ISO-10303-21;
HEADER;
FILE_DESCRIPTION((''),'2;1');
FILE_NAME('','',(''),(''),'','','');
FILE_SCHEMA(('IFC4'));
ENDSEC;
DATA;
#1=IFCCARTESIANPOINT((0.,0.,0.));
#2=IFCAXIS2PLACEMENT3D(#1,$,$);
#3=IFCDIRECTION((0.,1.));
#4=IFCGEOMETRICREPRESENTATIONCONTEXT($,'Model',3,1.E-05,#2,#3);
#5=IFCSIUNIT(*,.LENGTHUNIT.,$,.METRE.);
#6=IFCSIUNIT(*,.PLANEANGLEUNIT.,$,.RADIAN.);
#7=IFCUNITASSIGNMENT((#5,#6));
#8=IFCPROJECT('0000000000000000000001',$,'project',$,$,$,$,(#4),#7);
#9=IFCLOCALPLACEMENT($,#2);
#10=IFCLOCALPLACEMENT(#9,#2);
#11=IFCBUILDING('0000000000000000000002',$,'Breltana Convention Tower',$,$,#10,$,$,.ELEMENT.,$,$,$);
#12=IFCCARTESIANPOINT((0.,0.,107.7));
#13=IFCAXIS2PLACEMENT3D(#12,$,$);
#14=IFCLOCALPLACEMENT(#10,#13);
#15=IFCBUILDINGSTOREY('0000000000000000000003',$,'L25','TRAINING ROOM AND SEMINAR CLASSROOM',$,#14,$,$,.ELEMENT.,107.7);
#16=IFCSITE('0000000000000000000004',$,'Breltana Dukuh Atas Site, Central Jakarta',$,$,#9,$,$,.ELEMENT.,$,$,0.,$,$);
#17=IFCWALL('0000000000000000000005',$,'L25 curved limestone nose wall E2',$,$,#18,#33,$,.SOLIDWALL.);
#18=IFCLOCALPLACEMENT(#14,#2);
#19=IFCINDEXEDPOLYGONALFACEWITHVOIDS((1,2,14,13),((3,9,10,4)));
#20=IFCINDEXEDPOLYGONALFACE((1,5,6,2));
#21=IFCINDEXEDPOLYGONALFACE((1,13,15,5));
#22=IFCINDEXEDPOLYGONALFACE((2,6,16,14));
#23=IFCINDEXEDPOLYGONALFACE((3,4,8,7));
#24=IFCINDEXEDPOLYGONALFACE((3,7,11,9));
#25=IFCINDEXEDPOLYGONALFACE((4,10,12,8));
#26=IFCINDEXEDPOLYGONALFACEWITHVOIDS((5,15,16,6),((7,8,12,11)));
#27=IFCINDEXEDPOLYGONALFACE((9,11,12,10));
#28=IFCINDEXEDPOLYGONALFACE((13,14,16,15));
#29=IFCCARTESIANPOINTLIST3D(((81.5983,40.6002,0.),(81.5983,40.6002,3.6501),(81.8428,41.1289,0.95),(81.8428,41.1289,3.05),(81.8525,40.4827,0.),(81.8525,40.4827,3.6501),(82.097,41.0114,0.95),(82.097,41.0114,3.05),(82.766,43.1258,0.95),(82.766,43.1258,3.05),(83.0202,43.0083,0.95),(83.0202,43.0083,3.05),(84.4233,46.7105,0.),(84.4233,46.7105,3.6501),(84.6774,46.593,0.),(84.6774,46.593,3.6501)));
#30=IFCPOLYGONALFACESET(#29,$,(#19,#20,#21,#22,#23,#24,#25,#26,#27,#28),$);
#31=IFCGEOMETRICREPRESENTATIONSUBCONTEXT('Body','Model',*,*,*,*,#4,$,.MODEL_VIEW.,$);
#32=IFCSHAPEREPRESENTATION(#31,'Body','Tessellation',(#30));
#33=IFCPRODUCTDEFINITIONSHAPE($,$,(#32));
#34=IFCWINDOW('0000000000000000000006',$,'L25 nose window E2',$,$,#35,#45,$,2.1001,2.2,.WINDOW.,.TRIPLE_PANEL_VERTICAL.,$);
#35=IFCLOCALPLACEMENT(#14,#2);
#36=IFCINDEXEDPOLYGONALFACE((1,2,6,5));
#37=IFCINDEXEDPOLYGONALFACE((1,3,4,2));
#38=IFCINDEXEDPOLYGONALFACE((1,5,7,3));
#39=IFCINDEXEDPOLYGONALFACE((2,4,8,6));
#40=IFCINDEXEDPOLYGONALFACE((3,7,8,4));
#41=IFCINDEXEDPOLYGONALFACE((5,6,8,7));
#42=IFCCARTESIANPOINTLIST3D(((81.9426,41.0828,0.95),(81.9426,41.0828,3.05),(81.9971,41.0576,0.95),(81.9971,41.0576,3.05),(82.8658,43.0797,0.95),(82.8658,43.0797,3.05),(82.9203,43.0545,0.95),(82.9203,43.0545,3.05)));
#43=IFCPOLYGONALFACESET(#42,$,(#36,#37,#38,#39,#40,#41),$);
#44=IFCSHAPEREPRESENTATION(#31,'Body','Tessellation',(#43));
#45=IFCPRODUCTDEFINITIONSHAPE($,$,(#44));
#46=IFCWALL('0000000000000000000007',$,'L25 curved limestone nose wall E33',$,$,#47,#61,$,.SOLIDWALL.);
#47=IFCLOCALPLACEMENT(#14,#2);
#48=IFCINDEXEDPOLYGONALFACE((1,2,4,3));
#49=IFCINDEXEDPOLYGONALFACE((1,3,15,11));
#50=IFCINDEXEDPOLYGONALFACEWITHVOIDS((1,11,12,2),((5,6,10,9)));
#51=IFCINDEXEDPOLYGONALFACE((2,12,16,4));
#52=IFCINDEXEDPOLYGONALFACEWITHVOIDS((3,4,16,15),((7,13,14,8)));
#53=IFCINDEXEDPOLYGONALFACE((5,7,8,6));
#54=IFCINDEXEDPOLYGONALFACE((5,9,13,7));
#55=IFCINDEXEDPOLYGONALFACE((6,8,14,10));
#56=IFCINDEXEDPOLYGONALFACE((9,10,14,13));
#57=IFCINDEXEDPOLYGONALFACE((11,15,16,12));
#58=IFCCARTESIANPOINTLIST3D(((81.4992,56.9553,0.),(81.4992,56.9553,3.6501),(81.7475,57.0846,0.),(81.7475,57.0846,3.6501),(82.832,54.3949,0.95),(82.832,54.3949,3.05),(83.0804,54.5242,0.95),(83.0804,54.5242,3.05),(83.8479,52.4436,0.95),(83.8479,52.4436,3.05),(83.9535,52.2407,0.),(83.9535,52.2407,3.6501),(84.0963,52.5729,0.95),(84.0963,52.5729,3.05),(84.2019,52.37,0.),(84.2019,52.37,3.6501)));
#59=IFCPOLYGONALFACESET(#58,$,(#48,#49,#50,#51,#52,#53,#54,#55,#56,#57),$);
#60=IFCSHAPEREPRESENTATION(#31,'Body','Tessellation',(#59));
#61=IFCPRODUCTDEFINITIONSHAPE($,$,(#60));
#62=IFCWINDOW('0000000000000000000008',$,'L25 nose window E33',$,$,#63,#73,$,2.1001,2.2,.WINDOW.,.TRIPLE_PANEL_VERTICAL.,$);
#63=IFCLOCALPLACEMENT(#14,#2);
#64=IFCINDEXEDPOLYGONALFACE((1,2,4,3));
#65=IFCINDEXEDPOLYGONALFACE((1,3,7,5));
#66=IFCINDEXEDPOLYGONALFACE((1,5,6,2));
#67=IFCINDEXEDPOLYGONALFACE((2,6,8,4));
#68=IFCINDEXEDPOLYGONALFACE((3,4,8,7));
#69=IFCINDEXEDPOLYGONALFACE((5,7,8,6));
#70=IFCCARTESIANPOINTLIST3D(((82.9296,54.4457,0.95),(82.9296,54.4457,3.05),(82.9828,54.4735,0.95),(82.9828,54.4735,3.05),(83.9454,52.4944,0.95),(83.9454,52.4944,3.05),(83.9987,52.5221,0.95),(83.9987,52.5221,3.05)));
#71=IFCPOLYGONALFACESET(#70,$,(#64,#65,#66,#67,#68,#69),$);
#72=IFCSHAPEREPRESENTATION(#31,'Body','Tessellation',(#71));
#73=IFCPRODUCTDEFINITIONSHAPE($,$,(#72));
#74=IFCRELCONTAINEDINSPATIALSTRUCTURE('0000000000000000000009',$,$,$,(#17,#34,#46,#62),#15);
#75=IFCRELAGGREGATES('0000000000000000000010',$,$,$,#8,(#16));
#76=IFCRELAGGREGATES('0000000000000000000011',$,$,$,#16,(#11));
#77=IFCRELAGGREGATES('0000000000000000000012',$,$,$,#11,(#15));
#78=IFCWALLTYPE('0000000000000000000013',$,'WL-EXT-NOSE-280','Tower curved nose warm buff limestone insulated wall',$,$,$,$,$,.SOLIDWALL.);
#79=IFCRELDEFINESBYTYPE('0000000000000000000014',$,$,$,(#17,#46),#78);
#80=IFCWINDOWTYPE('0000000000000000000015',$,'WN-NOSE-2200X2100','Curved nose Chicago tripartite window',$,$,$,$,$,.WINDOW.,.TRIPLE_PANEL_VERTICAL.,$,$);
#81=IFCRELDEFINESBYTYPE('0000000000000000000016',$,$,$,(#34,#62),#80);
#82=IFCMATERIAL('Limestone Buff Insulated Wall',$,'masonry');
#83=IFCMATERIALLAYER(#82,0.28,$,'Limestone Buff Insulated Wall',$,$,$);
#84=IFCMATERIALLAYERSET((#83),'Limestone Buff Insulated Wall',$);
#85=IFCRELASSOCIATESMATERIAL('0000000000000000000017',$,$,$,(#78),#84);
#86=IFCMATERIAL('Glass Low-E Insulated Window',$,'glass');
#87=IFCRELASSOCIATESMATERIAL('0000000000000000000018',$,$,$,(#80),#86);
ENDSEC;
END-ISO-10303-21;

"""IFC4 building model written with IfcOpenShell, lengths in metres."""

from ifc_helpers import new_model, si_unit, direction, frame, frame_2d, origin, place, context, subcontext, project, spatial, rectangle, extrude, source, transform, mapped, material, layer, layer_set, type_object, type_shapes, element, fill, save


model = new_model("IFC4")

# Units and contexts
model_context = context("Model", 3, precision=1e-05, world=origin(), true_north=direction((0.0, 1.0)))
body_context = subcontext(model_context, "Body", "Model", "MODEL_VIEW")
ifc_project = project(units=[si_unit("LENGTHUNIT", "METRE"), si_unit("PLANEANGLEUNIT", "RADIAN")], contexts=[model_context])

# Site, building, storey
site_placement = place(None, origin())
site = spatial("IfcSite", under=ifc_project, at=site_placement, Name="Breltana Dukuh Atas Site, Central Jakarta", CompositionType="ELEMENT", RefElevation=0.0)
building_placement = place(site_placement, origin())
building = spatial("IfcBuilding", under=site, at=building_placement, Name="Breltana Convention Tower", CompositionType="ELEMENT")
storey_placement = place(building_placement, frame((0.0, 0.0, 107.7)))
storey = spatial("IfcBuildingStorey", under=building, at=storey_placement, Name="L25", Description="TRAINING ROOM AND SEMINAR CLASSROOM", CompositionType="ELEMENT", Elevation=107.7)

# Walls, openings, windows
ifc_material_1 = material(Name="Limestone Buff Insulated Wall", Category="masonry")
ifc_layer_1 = layer(ifc_material_1, 0.28, Name="Limestone Buff Insulated Wall")
ifc_layer_set_1 = layer_set([ifc_layer_1], Name="Limestone Buff Insulated Wall")
wall_type = type_object("IfcWallType", Name="WL-EXT-NOSE-280", Description="Tower curved nose warm buff limestone insulated wall", PredefinedType="SOLIDWALL", material=ifc_layer_set_1)
ifc_material_2 = material(Name="Glass Low-E Insulated Window", Category="glass")
window_type = type_object("IfcWindowType", Name="WN-NOSE-2200X2100", Description="Curved nose Chicago tripartite window", PartitioningType="TRIPLE_PANEL_VERTICAL", PredefinedType="WINDOW", material=ifc_material_2)
shared_shape_1 = source(origin(), body_context, "Body", "SweptSolid", [
    extrude(rectangle(XDim=2.2, YDim=2.1001, at=frame_2d((1.1001, 1.05))), frame((0.0, 0.03, 0.0), z_axis=(0.0, -1.0, 0.0), x_axis=(1.0, 0.0, 0.0)), (0.0, 0.0, 1.0), 0.0601),
])
type_shapes(window_type, [shared_shape_1])
shared_shape_2 = source(origin(), body_context, "Body", "SweptSolid", [
    extrude(rectangle(XDim=6.7317, YDim=0.28, at=frame_2d((3.3657, 0.0))), origin(), (0.0, 0.0, 1.0), 3.6501),
])
wall_1_placement = place(storey_placement, frame((84.5503, 46.6516, 0.0), z_axis=(0.0, 0.0, 1.0), x_axis=(-0.419645, -0.907689, 0.0)))
wall_1 = element("IfcWall", 1, at=wall_1_placement, inside=storey, type_object=wall_type, Name="L25 curved limestone nose wall E2", PredefinedType="SOLIDWALL", context=body_context, shape_type="MappedRepresentation", body=[
    mapped(shared_shape_2, transform((0.0, 0.0, 0.0), scale=1.0)),
])
opening_1_placement = place(wall_1_placement, frame((3.949, 0.0, 0.95)))
opening_1 = element("IfcOpeningElement", 2, at=opening_1_placement, cuts=wall_1, PredefinedType="OPENING", context=body_context, shape_type="SweptSolid", body=[
    extrude(rectangle(XDim=2.2, YDim=2.1001, at=frame_2d((1.1001, 1.05))), frame((0.0, 0.1499, 0.0), z_axis=(0.0, -1.0, 0.0), x_axis=(1.0, 0.0, 0.0)), (0.0, 0.0, 1.0), 0.3),
])
window_1_placement = place(opening_1_placement, origin())
window_1 = element("IfcWindow", 3, at=window_1_placement, inside=storey, type_object=window_type, Name="L25 nose window E2", OverallHeight=2.1001, OverallWidth=2.2, PartitioningType="TRIPLE_PANEL_VERTICAL", PredefinedType="WINDOW", context=body_context, shape_type="MappedRepresentation", body=[
    mapped(shared_shape_1, transform((0.0, 0.0, 0.0), scale=1.0)),
])
fill(opening_1, window_1)
shared_shape_3 = source(origin(), body_context, "Body", "SweptSolid", [
    extrude(rectangle(XDim=5.3152, YDim=0.28, at=frame_2d((2.6577, 0.0))), origin(), (0.0, 0.0, 1.0), 3.6501),
])
wall_2_placement = place(storey_placement, frame((81.6233, 57.02, 0.0), z_axis=(0.0, 0.0, 1.0), x_axis=(0.461761, -0.887005, 0.0)))
wall_2 = element("IfcWall", 4, at=wall_2_placement, inside=storey, type_object=wall_type, Name="L25 curved limestone nose wall E33", PredefinedType="SOLIDWALL", context=body_context, shape_type="MappedRepresentation", body=[
    mapped(shared_shape_3, transform((0.0, 0.0, 0.0), scale=1.0)),
])
opening_2_placement = place(wall_2_placement, frame((2.8865, 0.0, 0.95)))
opening_2 = element("IfcOpeningElement", 5, at=opening_2_placement, cuts=wall_2, PredefinedType="OPENING", context=body_context, shape_type="SweptSolid", body=[
    extrude(rectangle(XDim=2.2, YDim=2.1001, at=frame_2d((1.1001, 1.05))), frame((0.0, 0.1499, 0.0), z_axis=(0.0, -1.0, 0.0), x_axis=(1.0, 0.0, 0.0)), (0.0, 0.0, 1.0), 0.3),
])
window_2_placement = place(opening_2_placement, origin())
window_2 = element("IfcWindow", 6, at=window_2_placement, inside=storey, type_object=window_type, Name="L25 nose window E33", OverallHeight=2.1001, OverallWidth=2.2, PartitioningType="TRIPLE_PANEL_VERTICAL", PredefinedType="WINDOW", context=body_context, shape_type="MappedRepresentation", body=[
    mapped(shared_shape_1, transform((0.0, 0.0, 0.0), scale=1.0)),
])
fill(opening_2, window_2)

save(model, "model.ifc")
